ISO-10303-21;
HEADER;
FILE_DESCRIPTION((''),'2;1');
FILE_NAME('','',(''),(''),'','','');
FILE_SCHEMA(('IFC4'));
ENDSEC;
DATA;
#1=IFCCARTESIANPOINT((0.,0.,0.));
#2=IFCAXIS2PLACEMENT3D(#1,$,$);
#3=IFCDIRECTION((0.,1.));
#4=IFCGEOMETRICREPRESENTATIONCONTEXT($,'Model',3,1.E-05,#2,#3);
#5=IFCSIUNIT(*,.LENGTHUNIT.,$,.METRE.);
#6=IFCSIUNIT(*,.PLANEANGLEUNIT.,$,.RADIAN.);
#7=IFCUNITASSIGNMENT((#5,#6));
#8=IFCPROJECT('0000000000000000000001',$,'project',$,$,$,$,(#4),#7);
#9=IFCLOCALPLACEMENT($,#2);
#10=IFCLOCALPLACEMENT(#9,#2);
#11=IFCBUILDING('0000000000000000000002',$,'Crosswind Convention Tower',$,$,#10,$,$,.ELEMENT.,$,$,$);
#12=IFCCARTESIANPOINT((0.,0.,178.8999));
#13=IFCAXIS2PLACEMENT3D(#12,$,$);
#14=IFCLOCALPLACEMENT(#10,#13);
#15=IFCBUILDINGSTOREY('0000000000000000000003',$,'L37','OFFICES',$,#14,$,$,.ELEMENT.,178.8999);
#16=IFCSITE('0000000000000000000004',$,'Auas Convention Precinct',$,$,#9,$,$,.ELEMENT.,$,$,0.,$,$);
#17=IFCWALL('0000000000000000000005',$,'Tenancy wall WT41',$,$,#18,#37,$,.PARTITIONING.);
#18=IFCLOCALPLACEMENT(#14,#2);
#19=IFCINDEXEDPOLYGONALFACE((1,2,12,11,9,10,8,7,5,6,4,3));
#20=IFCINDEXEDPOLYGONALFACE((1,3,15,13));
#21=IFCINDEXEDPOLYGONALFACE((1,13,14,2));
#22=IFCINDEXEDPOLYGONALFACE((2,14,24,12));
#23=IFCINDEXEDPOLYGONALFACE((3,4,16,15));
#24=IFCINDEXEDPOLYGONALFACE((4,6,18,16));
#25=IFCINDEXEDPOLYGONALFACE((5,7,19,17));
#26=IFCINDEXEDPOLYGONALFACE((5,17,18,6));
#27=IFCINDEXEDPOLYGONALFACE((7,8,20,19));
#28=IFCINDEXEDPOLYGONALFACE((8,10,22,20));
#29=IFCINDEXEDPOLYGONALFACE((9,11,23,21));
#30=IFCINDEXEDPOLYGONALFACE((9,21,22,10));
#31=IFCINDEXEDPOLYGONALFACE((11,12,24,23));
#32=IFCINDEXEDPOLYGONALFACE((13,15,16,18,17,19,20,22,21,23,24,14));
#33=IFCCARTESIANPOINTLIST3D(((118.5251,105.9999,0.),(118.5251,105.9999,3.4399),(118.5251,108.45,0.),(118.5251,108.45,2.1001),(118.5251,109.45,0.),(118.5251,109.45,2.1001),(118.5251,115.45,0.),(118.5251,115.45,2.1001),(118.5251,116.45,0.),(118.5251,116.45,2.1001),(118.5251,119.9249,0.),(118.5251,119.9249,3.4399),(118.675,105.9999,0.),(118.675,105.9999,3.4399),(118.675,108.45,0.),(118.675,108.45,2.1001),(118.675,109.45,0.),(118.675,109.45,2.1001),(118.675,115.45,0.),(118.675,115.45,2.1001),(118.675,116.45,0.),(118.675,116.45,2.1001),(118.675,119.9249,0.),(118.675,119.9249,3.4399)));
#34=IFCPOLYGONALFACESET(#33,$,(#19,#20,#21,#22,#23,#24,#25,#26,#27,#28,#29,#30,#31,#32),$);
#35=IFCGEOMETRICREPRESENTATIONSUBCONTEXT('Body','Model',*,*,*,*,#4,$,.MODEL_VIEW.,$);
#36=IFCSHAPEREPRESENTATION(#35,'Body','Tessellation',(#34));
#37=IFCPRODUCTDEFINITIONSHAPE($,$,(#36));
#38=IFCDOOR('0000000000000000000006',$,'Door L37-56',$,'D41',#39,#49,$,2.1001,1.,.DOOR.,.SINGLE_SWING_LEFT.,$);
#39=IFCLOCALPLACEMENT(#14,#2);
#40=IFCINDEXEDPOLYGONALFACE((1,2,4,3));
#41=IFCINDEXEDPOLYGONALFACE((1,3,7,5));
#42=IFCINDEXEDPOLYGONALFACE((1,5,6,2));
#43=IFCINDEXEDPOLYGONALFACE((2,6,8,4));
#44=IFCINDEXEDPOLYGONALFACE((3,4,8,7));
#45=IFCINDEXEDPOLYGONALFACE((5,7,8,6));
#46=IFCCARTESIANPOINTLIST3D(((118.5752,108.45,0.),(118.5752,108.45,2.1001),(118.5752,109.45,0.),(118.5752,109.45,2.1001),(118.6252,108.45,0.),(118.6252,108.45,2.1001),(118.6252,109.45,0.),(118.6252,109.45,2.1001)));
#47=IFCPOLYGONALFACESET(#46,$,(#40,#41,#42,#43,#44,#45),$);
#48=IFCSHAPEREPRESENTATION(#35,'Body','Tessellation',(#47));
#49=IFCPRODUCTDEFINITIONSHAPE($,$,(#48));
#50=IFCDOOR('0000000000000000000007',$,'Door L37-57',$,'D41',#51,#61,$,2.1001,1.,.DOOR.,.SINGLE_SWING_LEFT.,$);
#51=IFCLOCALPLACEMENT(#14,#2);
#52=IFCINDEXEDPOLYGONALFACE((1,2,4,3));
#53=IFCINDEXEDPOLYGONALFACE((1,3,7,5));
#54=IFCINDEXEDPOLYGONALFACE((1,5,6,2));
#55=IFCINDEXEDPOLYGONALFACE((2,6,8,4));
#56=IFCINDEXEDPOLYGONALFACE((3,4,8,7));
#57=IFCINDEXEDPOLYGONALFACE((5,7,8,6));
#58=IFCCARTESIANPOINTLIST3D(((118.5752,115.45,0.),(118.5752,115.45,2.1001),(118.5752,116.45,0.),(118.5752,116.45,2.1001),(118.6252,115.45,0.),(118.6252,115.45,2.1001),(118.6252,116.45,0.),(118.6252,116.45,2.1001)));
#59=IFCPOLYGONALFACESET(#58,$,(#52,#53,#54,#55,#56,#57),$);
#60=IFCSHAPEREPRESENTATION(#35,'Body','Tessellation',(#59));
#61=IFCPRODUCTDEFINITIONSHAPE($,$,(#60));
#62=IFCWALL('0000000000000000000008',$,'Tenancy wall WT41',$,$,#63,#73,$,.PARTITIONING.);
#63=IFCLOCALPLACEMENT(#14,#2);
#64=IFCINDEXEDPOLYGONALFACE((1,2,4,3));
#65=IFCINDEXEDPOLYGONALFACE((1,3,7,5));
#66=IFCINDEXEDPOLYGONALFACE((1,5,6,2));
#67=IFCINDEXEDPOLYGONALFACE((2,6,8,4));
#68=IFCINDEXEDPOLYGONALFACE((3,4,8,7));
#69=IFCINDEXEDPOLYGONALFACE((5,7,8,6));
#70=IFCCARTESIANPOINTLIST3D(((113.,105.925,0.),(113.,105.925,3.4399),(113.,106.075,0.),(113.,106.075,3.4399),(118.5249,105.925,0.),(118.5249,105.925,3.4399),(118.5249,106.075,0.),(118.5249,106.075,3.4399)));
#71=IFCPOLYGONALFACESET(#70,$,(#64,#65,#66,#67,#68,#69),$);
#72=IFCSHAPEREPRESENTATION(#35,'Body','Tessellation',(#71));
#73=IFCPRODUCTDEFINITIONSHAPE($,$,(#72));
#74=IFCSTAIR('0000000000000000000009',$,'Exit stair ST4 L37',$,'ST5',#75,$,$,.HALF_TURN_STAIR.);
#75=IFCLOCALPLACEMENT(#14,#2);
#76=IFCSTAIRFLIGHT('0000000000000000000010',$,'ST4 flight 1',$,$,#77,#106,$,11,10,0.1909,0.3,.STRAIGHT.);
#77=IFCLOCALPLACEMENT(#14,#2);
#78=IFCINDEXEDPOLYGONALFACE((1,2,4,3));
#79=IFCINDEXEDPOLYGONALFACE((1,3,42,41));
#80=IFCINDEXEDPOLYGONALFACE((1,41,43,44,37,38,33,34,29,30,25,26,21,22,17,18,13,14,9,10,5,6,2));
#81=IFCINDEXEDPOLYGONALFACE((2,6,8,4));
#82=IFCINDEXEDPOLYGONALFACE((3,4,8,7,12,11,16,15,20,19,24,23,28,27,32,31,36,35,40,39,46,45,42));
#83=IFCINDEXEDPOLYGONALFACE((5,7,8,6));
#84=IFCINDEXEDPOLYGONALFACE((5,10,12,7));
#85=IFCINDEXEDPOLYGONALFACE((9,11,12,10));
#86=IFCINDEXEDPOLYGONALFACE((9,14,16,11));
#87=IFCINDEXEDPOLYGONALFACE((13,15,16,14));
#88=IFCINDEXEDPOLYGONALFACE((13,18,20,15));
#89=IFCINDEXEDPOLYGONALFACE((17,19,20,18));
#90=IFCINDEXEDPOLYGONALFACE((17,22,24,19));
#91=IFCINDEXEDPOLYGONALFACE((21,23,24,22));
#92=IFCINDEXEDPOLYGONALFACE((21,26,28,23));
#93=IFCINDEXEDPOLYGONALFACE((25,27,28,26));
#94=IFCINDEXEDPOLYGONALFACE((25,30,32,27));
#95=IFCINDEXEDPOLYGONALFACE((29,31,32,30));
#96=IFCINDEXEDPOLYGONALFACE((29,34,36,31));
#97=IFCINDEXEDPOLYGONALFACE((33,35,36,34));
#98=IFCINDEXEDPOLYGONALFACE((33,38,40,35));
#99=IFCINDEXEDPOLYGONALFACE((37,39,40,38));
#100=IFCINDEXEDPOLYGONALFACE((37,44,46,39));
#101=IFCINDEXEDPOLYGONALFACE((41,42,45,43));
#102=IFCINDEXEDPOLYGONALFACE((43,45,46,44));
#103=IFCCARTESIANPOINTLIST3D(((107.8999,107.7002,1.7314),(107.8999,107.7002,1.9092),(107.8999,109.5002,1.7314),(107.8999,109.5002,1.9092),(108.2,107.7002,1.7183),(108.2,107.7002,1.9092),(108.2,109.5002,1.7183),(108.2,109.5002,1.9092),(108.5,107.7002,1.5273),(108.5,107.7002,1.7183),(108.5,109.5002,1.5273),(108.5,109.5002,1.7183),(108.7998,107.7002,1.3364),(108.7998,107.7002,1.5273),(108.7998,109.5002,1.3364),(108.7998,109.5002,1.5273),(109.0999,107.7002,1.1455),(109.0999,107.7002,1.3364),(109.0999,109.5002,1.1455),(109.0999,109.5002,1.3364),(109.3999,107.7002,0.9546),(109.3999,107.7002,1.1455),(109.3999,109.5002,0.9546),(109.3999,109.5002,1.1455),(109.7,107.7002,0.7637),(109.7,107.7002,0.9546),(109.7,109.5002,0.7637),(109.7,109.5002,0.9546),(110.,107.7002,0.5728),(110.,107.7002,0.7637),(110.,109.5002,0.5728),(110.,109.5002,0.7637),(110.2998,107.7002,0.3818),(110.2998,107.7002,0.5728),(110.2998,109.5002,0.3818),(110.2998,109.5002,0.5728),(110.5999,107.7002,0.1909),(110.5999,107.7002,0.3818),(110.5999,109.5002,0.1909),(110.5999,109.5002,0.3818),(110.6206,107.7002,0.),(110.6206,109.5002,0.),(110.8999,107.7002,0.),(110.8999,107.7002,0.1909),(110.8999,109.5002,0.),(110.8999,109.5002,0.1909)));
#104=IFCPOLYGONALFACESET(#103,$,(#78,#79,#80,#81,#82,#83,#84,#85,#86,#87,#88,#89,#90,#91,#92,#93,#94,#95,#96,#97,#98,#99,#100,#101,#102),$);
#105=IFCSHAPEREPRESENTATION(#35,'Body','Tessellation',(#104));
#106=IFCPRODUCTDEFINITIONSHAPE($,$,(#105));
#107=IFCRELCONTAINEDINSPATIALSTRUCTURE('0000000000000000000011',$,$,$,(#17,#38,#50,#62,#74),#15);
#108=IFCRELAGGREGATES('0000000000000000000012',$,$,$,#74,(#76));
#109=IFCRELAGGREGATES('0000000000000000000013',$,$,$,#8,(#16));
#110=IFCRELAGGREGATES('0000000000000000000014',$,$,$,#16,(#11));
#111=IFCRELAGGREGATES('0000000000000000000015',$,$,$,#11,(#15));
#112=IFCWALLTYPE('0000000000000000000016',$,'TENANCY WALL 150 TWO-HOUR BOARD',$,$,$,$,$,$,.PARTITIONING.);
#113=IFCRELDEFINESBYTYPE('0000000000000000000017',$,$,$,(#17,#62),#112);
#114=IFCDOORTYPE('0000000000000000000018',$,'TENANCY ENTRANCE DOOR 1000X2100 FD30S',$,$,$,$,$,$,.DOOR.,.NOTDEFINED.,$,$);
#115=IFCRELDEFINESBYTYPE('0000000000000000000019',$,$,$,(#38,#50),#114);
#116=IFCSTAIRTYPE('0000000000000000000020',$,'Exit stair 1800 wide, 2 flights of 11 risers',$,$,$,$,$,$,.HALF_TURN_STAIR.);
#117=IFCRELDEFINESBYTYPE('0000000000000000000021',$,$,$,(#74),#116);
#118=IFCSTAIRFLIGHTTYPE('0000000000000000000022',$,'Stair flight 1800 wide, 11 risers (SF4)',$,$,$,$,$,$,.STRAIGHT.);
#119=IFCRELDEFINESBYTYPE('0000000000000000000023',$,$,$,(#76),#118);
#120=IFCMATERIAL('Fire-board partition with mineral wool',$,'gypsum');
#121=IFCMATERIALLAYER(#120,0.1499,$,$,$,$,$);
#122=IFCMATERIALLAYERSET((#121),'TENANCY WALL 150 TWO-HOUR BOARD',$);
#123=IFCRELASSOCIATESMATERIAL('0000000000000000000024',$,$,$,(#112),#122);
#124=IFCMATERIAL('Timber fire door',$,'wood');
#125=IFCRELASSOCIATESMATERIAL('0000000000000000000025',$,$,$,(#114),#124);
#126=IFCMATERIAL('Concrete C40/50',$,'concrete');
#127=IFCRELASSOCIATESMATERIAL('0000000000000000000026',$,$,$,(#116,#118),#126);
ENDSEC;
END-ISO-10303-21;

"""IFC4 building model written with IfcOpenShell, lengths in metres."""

from ifc_helpers import new_model, si_unit, direction, frame, frame_2d, origin, place, context, subcontext, project, spatial, polyline, rectangle, outline, extrude, material, layer, layer_set, type_object, element, fill, aggregate, save


model = new_model("IFC4")

# Units and contexts
model_context = context("Model", 3, precision=1e-05, world=origin(), true_north=direction((0.0, 1.0)))
body_context = subcontext(model_context, "Body", "Model", "MODEL_VIEW")
ifc_project = project(units=[si_unit("LENGTHUNIT", "METRE"), si_unit("PLANEANGLEUNIT", "RADIAN")], contexts=[model_context])

# Site, building, storey
site_placement = place(None, origin())
site = spatial("IfcSite", under=ifc_project, at=site_placement, Name="Auas Convention Precinct", CompositionType="ELEMENT", RefElevation=0.0)
building_placement = place(site_placement, origin())
building = spatial("IfcBuilding", under=site, at=building_placement, Name="Crosswind Convention Tower", CompositionType="ELEMENT")
storey_placement = place(building_placement, frame((0.0, 0.0, 178.8999)))
storey = spatial("IfcBuildingStorey", under=building, at=storey_placement, Name="L37", Description="OFFICES", CompositionType="ELEMENT", Elevation=178.8999)

# Wall, openings, doors
ifc_material_1 = material(Name="Fire-board partition with mineral wool", Category="gypsum")
ifc_layer_1 = layer(ifc_material_1, 0.1499)
ifc_layer_set_1 = layer_set([ifc_layer_1], Name="TENANCY WALL 150 TWO-HOUR BOARD")
wall_type_1 = type_object("IfcWallType", Name="TENANCY WALL 150 TWO-HOUR BOARD", PredefinedType="PARTITIONING", material=ifc_layer_set_1)
wall_1_placement = place(storey_placement, frame((118.6001, 106.0, 0.0), z_axis=(0.0, 0.0, 1.0), x_axis=(0.0, 1.0, 0.0)))
wall_1 = element("IfcWall", 1, at=wall_1_placement, inside=storey, type_object=wall_type_1, Name="Tenancy wall WT41", PredefinedType="PARTITIONING", context=body_context, shape_type="SweptSolid", body=[
    extrude(rectangle(XDim=13.925, YDim=0.1499, at=frame_2d((6.9624, 0.0))), origin(), (0.0, 0.0, 1.0), 3.4399),
])
opening_1_placement = place(wall_1_placement, frame((2.45, 0.0, 0.0)))
opening_1 = element("IfcOpeningElement", 2, at=opening_1_placement, cuts=wall_1, PredefinedType="OPENING", context=body_context, shape_type="SweptSolid", body=[
    extrude(rectangle(XDim=1.0, YDim=2.1001, at=frame_2d((0.5, 1.05))), frame((0.0, 0.085, 0.0), z_axis=(0.0, -1.0, 0.0), x_axis=(1.0, 0.0, 0.0)), (0.0, 0.0, 1.0), 0.1699),
])
opening_2_placement = place(wall_1_placement, frame((9.45, 0.0, 0.0)))
opening_2 = element("IfcOpeningElement", 3, at=opening_2_placement, cuts=wall_1, PredefinedType="OPENING", context=body_context, shape_type="SweptSolid", body=[
    extrude(rectangle(XDim=1.0, YDim=2.1001, at=frame_2d((0.5, 1.05))), frame((0.0, 0.085, 0.0), z_axis=(0.0, -1.0, 0.0), x_axis=(1.0, 0.0, 0.0)), (0.0, 0.0, 1.0), 0.1699),
])
ifc_material_2 = material(Name="Timber fire door", Category="wood")
door_type_1 = type_object("IfcDoorType", Name="TENANCY ENTRANCE DOOR 1000X2100 FD30S", OperationType="NOTDEFINED", PredefinedType="DOOR", material=ifc_material_2)
door_1_placement = place(opening_1_placement, origin())
door_1 = element("IfcDoor", 4, at=door_1_placement, inside=storey, type_object=door_type_1, Name="Door L37-56", ObjectType="D41", OperationType="SINGLE_SWING_LEFT", OverallHeight=2.1001, OverallWidth=1.0, PredefinedType="DOOR", context=body_context, shape_type="SweptSolid", body=[
    extrude(rectangle(XDim=1.0, YDim=2.1001, at=frame_2d((0.5, 1.05))), frame((0.0, 0.0249, 0.0), z_axis=(0.0, -1.0, 0.0), x_axis=(1.0, 0.0, 0.0)), (0.0, 0.0, 1.0), 0.05),
])
fill(opening_1, door_1)
door_2_placement = place(opening_2_placement, origin())
door_2 = element("IfcDoor", 5, at=door_2_placement, inside=storey, type_object=door_type_1, Name="Door L37-57", ObjectType="D41", OperationType="SINGLE_SWING_LEFT", OverallHeight=2.1001, OverallWidth=1.0, PredefinedType="DOOR", context=body_context, shape_type="SweptSolid", body=[
    extrude(rectangle(XDim=1.0, YDim=2.1001, at=frame_2d((0.5, 1.05))), frame((0.0, 0.0249, 0.0), z_axis=(0.0, -1.0, 0.0), x_axis=(1.0, 0.0, 0.0)), (0.0, 0.0, 1.0), 0.05),
])
fill(opening_2, door_2)

# Wall
wall_2_placement = place(storey_placement, frame((113.0, 106.0, 0.0), z_axis=(0.0, 0.0, 1.0), x_axis=(1.0, 0.0, 0.0)))
element("IfcWall", 6, at=wall_2_placement, inside=storey, type_object=wall_type_1, Name="Tenancy wall WT41", PredefinedType="PARTITIONING", context=body_context, shape_type="SweptSolid", body=[
    extrude(rectangle(XDim=5.5249, YDim=0.1499, at=frame_2d((2.7625, 0.0))), origin(), (0.0, 0.0, 1.0), 3.4399),
])

# Stair, stair flight
ifc_material_3 = material(Name="Concrete C40/50", Category="concrete")
stair_type = type_object("IfcStairType", Name="Exit stair 1800 wide, 2 flights of 11 risers", PredefinedType="HALF_TURN_STAIR", material=ifc_material_3)
stair_placement = place(storey_placement, origin())
stair = element("IfcStair", 7, at=stair_placement, inside=storey, type_object=stair_type, Name="Exit stair ST4 L37", ObjectType="ST5", PredefinedType="HALF_TURN_STAIR")
stair_flight_type = type_object("IfcStairFlightType", Name="Stair flight 1800 wide, 11 risers (SF4)", PredefinedType="STRAIGHT", material=ifc_material_3)
stair_flight_placement = place(storey_placement, frame((110.8999, 108.6001, 0.0), z_axis=(0.0, 0.0, 1.0), x_axis=(-1.0, 0.0, 0.0)))
stair_flight = element("IfcStairFlight", 8, at=stair_flight_placement, type_object=stair_flight_type, Name="ST4 flight 1", NumberOfRisers=11, NumberOfTreads=10, PredefinedType="STRAIGHT", RiserHeight=0.1909, TreadLength=0.3, context=body_context, shape_type="SweptSolid", body=[
    extrude(outline(polyline([(0.0, 0.0), (0.0, 0.1909), (0.3, 0.1909), (0.3, 0.3818), (0.6001, 0.3818), (0.6001, 0.5728), (0.8999, 0.5728), (0.8999, 0.7637), (1.2, 0.7637), (1.2, 0.9546), (1.5, 0.9546), (1.5, 1.1455), (1.8, 1.1455), (1.8, 1.3364), (2.1001, 1.3364), (2.1001, 1.5273), (2.3999, 1.5273), (2.3999, 1.7183), (2.7, 1.7183), (2.7, 1.9092), (3.0, 1.9092), (3.0, 2.1001), (3.0, 1.7314), (0.2793, 0.0), (0.0, 0.0)])), frame((0.0, 0.8999, 0.0), z_axis=(0.0, -1.0, 0.0), x_axis=(1.0, 0.0, 0.0)), (0.0, 0.0, 1.0), 1.8),
])
aggregate(stair, [stair_flight])

save(model, "model.ifc")
